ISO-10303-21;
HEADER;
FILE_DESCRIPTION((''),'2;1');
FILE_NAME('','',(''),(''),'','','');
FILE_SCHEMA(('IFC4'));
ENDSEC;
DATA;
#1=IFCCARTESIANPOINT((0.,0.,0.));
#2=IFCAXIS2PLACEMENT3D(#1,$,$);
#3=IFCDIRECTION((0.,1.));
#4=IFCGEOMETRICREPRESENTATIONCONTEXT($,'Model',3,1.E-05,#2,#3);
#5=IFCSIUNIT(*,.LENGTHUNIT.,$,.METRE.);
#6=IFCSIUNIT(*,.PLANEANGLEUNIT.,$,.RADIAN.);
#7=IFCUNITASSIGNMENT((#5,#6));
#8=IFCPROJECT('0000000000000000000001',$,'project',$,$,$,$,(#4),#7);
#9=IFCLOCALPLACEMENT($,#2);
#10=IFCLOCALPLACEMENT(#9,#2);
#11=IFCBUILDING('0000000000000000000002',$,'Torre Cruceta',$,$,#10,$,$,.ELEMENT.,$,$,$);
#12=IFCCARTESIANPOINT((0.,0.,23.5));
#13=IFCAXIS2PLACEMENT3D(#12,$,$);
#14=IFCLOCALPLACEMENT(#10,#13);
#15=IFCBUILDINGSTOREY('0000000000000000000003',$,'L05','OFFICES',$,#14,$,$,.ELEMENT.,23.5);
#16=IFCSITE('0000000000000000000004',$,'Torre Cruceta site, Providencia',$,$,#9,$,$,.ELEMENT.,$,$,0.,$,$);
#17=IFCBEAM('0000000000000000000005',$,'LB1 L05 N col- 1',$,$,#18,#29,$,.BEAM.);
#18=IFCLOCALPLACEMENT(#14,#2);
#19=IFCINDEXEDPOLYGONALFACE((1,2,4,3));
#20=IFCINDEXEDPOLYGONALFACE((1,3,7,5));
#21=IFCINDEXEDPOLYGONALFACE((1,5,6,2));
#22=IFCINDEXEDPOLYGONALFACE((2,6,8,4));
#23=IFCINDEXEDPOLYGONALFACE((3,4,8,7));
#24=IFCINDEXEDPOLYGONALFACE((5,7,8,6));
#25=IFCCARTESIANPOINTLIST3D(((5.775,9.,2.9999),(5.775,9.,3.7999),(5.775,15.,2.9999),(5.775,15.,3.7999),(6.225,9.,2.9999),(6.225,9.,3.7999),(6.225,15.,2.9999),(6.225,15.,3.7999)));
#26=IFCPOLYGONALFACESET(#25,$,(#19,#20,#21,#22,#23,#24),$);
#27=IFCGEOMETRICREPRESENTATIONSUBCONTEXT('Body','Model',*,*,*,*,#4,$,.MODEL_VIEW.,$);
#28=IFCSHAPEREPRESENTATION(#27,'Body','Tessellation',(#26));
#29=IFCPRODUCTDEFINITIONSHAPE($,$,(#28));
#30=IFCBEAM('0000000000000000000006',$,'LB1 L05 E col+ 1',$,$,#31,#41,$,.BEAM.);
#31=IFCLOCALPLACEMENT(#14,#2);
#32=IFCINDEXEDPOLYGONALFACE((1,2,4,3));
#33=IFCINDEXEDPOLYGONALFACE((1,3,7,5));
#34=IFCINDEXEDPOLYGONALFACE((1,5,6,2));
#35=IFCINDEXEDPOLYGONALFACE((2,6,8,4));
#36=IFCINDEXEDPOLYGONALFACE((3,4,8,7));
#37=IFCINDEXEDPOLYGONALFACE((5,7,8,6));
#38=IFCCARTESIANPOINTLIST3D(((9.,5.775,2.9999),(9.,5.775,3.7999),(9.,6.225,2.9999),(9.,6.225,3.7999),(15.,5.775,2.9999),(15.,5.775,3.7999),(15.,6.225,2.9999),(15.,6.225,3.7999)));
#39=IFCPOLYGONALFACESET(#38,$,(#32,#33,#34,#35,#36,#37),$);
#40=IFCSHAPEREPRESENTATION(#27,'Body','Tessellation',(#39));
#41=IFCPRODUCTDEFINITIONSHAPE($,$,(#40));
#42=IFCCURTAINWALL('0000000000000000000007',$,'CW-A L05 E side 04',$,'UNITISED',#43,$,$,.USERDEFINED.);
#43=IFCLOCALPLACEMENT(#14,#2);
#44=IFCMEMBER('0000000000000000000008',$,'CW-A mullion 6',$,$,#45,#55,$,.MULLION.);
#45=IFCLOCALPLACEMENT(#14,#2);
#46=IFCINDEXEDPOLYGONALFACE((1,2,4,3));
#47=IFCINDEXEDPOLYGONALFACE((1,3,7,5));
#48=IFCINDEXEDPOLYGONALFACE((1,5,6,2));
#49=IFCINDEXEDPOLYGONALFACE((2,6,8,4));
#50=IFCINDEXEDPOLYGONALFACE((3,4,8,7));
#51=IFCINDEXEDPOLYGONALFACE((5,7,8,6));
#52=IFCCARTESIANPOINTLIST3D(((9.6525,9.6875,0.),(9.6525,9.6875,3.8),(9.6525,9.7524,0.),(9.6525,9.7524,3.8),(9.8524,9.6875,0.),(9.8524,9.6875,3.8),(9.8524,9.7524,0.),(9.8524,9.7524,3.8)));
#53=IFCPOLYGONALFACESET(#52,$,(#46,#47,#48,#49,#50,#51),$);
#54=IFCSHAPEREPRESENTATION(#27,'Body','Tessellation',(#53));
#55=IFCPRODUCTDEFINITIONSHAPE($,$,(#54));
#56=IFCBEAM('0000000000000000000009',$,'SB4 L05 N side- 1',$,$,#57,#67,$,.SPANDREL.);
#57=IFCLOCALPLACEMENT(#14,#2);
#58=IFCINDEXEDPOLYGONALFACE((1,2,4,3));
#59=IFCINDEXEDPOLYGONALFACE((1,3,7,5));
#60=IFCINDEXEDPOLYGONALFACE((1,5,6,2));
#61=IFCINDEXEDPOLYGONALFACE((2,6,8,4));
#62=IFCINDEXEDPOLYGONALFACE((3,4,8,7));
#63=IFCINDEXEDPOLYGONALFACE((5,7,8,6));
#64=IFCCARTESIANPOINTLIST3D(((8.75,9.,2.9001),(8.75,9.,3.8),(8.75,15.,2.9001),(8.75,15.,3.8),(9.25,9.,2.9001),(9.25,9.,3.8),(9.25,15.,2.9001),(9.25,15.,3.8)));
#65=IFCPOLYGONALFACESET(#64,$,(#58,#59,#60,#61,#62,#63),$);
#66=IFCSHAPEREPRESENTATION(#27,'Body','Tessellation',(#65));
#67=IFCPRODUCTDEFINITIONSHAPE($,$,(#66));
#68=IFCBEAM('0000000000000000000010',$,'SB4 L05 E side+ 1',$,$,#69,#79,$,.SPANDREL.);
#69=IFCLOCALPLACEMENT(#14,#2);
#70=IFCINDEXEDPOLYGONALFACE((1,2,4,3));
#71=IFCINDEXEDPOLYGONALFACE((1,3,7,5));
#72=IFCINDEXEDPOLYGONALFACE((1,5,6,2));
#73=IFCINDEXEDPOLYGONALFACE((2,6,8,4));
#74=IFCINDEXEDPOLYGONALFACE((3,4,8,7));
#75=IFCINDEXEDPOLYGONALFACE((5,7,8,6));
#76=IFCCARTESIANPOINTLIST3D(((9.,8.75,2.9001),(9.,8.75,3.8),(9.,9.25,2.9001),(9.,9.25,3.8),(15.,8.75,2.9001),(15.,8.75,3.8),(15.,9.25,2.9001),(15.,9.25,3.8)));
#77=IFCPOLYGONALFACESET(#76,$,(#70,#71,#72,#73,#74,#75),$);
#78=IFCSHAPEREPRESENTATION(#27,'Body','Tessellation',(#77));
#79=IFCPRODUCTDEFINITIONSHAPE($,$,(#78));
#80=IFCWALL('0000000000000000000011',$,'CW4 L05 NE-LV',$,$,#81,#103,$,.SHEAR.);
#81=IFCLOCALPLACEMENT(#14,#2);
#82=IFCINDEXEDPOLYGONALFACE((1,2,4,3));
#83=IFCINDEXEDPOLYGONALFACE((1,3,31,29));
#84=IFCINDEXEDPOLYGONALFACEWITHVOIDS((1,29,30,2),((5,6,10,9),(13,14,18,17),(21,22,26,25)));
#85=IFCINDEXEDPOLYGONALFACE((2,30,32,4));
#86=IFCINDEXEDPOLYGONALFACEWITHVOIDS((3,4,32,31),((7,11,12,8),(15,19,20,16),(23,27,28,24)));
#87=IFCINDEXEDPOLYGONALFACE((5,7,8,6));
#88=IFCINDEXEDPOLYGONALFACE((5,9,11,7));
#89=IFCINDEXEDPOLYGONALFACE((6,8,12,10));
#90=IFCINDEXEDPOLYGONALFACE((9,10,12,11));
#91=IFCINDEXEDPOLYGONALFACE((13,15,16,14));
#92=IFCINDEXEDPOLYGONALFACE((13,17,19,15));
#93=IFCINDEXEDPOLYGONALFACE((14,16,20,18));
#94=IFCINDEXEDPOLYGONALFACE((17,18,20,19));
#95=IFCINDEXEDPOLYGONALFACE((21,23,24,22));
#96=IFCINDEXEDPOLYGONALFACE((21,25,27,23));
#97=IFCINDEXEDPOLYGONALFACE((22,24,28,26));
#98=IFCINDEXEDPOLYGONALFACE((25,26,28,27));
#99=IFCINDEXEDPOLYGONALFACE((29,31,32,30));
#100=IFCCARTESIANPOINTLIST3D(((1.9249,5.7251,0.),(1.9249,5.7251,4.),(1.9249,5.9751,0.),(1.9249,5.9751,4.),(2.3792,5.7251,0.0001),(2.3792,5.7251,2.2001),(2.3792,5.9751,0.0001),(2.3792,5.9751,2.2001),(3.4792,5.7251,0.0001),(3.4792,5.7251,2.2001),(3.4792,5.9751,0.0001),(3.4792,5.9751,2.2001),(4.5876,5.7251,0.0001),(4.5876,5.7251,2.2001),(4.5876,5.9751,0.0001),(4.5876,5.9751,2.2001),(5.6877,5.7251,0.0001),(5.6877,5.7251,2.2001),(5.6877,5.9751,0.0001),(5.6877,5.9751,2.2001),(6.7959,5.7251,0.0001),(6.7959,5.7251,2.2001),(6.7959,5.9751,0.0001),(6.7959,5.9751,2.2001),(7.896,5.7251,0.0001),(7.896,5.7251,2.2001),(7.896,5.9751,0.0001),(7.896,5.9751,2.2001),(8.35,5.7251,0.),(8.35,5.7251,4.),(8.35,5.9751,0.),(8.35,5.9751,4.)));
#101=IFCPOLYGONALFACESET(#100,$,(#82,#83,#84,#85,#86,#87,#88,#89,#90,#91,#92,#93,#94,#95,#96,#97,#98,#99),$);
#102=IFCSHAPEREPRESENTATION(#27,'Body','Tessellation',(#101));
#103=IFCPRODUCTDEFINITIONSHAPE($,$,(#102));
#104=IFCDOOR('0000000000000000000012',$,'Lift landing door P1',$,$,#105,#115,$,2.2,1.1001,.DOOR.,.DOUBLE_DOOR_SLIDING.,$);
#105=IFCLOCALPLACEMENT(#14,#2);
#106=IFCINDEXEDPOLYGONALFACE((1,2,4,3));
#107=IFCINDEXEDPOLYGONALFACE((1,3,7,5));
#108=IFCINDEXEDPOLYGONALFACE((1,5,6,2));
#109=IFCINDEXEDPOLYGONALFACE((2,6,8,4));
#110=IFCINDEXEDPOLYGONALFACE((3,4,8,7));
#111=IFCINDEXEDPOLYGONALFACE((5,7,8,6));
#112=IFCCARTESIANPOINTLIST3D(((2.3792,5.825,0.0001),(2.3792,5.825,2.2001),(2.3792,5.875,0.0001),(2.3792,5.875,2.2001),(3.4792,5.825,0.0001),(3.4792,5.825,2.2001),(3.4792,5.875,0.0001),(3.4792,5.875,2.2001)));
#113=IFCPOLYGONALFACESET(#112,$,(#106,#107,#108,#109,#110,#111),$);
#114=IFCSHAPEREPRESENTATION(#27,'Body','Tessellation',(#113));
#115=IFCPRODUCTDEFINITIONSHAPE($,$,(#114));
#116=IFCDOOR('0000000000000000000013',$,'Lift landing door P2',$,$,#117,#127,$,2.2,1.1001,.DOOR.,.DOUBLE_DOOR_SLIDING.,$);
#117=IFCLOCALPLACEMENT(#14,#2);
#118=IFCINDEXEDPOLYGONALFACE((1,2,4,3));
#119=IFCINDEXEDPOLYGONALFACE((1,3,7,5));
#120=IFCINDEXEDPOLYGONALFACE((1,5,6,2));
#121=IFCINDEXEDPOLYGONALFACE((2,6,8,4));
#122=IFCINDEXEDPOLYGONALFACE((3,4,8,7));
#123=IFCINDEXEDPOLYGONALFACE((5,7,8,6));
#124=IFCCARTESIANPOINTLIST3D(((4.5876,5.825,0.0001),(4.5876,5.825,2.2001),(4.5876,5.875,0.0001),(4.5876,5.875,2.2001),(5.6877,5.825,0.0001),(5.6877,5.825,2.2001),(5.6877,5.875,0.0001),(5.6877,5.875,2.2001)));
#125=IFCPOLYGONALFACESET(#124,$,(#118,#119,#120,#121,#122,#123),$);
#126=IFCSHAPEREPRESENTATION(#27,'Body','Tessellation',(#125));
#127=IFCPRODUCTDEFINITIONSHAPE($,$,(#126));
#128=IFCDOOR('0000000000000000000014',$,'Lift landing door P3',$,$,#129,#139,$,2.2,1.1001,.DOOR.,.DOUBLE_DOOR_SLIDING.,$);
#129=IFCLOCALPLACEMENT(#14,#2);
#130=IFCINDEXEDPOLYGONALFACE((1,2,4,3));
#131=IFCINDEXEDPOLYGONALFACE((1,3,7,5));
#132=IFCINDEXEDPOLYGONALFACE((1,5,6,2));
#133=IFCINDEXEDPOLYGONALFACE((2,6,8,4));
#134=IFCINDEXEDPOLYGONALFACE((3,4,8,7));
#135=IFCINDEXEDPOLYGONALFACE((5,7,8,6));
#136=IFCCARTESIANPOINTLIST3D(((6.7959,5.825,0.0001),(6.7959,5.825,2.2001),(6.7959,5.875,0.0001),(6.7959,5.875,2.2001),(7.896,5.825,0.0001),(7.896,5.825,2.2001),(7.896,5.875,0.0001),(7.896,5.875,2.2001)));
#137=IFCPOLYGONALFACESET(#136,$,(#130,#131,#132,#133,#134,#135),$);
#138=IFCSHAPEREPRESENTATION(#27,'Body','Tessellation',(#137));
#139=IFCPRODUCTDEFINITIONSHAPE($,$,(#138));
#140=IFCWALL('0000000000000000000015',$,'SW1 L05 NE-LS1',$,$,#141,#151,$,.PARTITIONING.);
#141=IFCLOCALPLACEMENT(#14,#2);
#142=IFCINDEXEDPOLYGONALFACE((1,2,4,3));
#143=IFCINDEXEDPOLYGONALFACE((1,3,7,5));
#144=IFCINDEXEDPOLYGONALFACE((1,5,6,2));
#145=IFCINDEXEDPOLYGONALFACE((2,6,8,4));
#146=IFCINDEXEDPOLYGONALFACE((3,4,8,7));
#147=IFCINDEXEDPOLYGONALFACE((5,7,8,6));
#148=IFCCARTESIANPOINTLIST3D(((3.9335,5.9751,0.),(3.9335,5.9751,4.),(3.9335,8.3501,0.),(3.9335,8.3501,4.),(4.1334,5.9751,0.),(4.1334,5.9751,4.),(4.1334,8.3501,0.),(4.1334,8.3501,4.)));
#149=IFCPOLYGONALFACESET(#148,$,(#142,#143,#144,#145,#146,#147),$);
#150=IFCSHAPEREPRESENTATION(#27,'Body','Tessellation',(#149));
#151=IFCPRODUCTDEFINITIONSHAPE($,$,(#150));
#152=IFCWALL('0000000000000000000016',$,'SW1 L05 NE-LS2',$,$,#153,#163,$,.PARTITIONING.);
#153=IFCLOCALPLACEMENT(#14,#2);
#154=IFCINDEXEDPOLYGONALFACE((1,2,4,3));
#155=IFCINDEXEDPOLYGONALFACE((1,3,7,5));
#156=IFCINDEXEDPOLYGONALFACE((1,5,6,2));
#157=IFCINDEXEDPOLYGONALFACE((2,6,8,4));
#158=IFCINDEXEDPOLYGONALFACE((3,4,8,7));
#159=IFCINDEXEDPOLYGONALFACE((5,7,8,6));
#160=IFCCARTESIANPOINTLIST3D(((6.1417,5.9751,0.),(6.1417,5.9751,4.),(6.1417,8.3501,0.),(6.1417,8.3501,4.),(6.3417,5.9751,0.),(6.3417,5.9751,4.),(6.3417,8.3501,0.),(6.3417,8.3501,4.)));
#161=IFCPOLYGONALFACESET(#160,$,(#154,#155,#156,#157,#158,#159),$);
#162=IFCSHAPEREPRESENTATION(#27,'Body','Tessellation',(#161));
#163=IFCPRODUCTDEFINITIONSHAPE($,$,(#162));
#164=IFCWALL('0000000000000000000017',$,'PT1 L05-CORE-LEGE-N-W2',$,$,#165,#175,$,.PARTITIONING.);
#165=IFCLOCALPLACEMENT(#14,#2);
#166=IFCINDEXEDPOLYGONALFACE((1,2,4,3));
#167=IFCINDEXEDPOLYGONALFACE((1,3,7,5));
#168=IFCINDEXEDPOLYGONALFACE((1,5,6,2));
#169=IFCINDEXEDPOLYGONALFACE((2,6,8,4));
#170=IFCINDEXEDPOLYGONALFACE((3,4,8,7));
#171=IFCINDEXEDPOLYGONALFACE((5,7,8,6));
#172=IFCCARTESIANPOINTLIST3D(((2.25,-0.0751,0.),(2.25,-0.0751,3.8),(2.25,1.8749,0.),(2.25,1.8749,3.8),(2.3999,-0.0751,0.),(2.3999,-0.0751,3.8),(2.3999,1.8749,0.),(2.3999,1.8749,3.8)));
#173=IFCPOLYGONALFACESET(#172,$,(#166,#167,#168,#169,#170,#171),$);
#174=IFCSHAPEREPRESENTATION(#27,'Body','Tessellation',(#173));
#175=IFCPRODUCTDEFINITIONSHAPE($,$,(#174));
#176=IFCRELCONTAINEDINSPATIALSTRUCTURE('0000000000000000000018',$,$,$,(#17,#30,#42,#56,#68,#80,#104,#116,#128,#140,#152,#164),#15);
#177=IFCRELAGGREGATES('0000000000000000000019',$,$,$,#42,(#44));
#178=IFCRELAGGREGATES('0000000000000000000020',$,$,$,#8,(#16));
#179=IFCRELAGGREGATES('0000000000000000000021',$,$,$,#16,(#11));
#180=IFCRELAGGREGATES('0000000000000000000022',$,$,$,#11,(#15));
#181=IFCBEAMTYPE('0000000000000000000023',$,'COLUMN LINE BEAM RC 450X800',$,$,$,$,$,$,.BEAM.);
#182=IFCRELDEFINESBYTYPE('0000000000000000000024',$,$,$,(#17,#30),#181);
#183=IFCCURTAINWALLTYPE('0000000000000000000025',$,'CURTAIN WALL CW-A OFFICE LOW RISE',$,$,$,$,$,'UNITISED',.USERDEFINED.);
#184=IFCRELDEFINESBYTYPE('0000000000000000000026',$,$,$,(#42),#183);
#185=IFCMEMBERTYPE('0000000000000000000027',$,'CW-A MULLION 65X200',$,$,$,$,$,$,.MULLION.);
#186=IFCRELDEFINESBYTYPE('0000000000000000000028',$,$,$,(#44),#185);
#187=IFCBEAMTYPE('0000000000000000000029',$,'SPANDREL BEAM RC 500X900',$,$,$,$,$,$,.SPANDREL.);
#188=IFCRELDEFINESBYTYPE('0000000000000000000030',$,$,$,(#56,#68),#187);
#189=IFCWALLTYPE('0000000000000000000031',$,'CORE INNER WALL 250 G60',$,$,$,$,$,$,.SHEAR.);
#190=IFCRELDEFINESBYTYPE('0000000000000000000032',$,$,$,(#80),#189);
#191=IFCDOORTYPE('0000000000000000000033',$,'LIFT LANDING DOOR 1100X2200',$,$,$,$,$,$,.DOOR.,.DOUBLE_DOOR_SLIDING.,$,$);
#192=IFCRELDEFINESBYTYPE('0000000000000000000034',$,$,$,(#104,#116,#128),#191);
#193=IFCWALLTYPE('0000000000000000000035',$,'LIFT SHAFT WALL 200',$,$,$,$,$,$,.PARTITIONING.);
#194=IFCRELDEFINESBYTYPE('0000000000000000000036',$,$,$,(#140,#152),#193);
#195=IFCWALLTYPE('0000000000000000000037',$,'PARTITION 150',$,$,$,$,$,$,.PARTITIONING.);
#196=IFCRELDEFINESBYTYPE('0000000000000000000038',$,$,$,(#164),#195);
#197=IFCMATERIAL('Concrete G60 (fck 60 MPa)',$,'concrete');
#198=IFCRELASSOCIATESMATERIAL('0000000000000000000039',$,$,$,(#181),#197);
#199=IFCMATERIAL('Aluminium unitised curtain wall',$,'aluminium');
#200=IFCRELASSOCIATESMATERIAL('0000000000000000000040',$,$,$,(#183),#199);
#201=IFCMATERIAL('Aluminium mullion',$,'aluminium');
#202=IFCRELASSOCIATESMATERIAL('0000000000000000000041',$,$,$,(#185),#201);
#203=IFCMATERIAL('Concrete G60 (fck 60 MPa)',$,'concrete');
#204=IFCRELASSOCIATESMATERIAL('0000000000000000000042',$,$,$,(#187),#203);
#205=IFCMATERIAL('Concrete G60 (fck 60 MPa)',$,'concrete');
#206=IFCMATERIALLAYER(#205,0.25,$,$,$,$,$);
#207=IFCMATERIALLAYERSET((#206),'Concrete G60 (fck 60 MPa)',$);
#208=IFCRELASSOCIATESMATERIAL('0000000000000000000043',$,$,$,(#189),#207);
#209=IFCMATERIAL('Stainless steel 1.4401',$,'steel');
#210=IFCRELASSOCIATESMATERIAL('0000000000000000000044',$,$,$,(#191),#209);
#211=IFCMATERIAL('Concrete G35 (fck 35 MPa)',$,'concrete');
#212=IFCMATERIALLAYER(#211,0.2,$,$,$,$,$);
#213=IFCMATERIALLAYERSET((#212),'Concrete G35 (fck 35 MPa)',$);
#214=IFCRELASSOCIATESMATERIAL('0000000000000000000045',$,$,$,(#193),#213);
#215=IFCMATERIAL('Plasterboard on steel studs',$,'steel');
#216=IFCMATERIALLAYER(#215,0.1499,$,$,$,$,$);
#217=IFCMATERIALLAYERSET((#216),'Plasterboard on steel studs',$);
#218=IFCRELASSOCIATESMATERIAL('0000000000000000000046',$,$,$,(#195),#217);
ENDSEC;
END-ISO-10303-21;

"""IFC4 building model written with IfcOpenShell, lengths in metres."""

from ifc_helpers import new_model, si_unit, direction, frame, frame_2d, origin, origin_2d, place, context, subcontext, project, spatial, rectangle, extrude, material, layer, layer_set, material_profile, profile_set, type_object, element, fill, aggregate, save


model = new_model("IFC4")

# Units and contexts
model_context = context("Model", 3, precision=1e-05, world=origin(), true_north=direction((0.0, 1.0)))
body_context = subcontext(model_context, "Body", "Model", "MODEL_VIEW")
ifc_project = project(units=[si_unit("LENGTHUNIT", "METRE"), si_unit("PLANEANGLEUNIT", "RADIAN")], contexts=[model_context])

# Site, building, storey
site_placement = place(None, origin())
site = spatial("IfcSite", under=ifc_project, at=site_placement, Name="Torre Cruceta site, Providencia", CompositionType="ELEMENT", RefElevation=0.0)
building_placement = place(site_placement, origin())
building = spatial("IfcBuilding", under=site, at=building_placement, Name="Torre Cruceta", CompositionType="ELEMENT")
storey_placement = place(building_placement, frame((0.0, 0.0, 23.5)))
storey = spatial("IfcBuildingStorey", under=building, at=storey_placement, Name="L05", Description="OFFICES", CompositionType="ELEMENT", Elevation=23.5)

# Beams
ifc_material_1 = material(Name="Concrete G60 (fck 60 MPa)", Category="concrete")
ifc_material_profile_1 = material_profile(ifc_material_1, rectangle(XDim=0.45, YDim=0.8, at=origin_2d()), Name="RC 450X800")
ifc_profile_set_1 = profile_set([ifc_material_profile_1], Name="Concrete G60 (fck 60 MPa)")
beam_type_1 = type_object("IfcBeamType", Name="COLUMN LINE BEAM RC 450X800", PredefinedType="BEAM", material=ifc_profile_set_1)
for number, where, z_axis, x_axis, name in (
    (1, (6.0, 9.0, 3.3999), (0.0, 1.0, 0.0), (-1.0, 0.0, 0.0), "LB1 L05 N col- 1"),
    (2, (9.0, 6.0, 3.3999), (1.0, 0.0, 0.0), (0.0, 1.0, 0.0), "LB1 L05 E col+ 1"),
):
    element("IfcBeam", number, at=place(storey_placement, frame(where, z_axis=z_axis, x_axis=x_axis)), inside=storey, type_object=beam_type_1, Name=name, PredefinedType="BEAM", context=body_context, shape_type="SweptSolid", body=[
        extrude(rectangle(XDim=0.45, YDim=0.8, at=origin_2d()), origin(), (0.0, 0.0, 1.0), 6.0),
    ])

# Curtain wall, member
ifc_material_2 = material(Name="Aluminium unitised curtain wall", Category="aluminium")
curtain_wall_type = type_object("IfcCurtainWallType", Name="CURTAIN WALL CW-A OFFICE LOW RISE", ElementType="UNITISED", PredefinedType="USERDEFINED", material=ifc_material_2)
curtain_wall_placement = place(storey_placement, origin())
curtain_wall = element("IfcCurtainWall", 3, at=curtain_wall_placement, inside=storey, type_object=curtain_wall_type, Name="CW-A L05 E side 04", ObjectType="UNITISED", PredefinedType="USERDEFINED")
ifc_material_3 = material(Name="Aluminium mullion", Category="aluminium")
ifc_material_profile_2 = material_profile(ifc_material_3, rectangle(XDim=0.0649, YDim=0.2, at=origin_2d()), Name="AL 65X200")
ifc_profile_set_2 = profile_set([ifc_material_profile_2], Name="Aluminium mullion")
member_type = type_object("IfcMemberType", Name="CW-A MULLION 65X200", PredefinedType="MULLION", material=ifc_profile_set_2)
member_placement = place(storey_placement, frame((9.7524, 9.72, 0.0), z_axis=(0.0, 0.0, 1.0), x_axis=(0.0, -1.0, 0.0)))
member = element("IfcMember", 4, at=member_placement, type_object=member_type, Name="CW-A mullion 6", PredefinedType="MULLION", context=body_context, shape_type="SweptSolid", body=[
    extrude(rectangle(XDim=0.0649, YDim=0.2, at=origin_2d()), origin(), (0.0, 0.0, 1.0), 3.8),
])
aggregate(curtain_wall, [member])

# Beams
ifc_material_4 = material(Name="Concrete G60 (fck 60 MPa)", Category="concrete")
ifc_material_profile_3 = material_profile(ifc_material_4, rectangle(XDim=0.5, YDim=0.8999, at=origin_2d()), Name="RC 500X900")
ifc_profile_set_3 = profile_set([ifc_material_profile_3], Name="Concrete G60 (fck 60 MPa)")
beam_type_2 = type_object("IfcBeamType", Name="SPANDREL BEAM RC 500X900", PredefinedType="SPANDREL", material=ifc_profile_set_3)
for number, where, z_axis, x_axis, name in (
    (5, (9.0, 9.0, 3.3501), (0.0, 1.0, 0.0), (-1.0, 0.0, 0.0), "SB4 L05 N side- 1"),
    (6, (9.0, 9.0, 3.3501), (1.0, 0.0, 0.0), (0.0, 1.0, 0.0), "SB4 L05 E side+ 1"),
):
    element("IfcBeam", number, at=place(storey_placement, frame(where, z_axis=z_axis, x_axis=x_axis)), inside=storey, type_object=beam_type_2, Name=name, PredefinedType="SPANDREL", context=body_context, shape_type="SweptSolid", body=[
        extrude(rectangle(XDim=0.5, YDim=0.8999, at=origin_2d()), origin(), (0.0, 0.0, 1.0), 6.0),
    ])

# Wall, openings, doors
ifc_material_5 = material(Name="Concrete G60 (fck 60 MPa)", Category="concrete")
ifc_layer_1 = layer(ifc_material_5, 0.25)
ifc_layer_set_1 = layer_set([ifc_layer_1], Name="Concrete G60 (fck 60 MPa)")
wall_type_1 = type_object("IfcWallType", Name="CORE INNER WALL 250 G60", PredefinedType="SHEAR", material=ifc_layer_set_1)
wall_1_placement = place(storey_placement, frame((1.925, 5.8501, 0.0), z_axis=(0.0, 0.0, 1.0), x_axis=(1.0, 0.0, 0.0)))
wall_1 = element("IfcWall", 7, at=wall_1_placement, inside=storey, type_object=wall_type_1, Name="CW4 L05 NE-LV", PredefinedType="SHEAR", context=body_context, shape_type="SweptSolid", body=[
    extrude(rectangle(XDim=6.425, YDim=0.25, at=frame_2d((3.2124, 0.0))), origin(), (0.0, 0.0, 1.0), 4.0),
])
opening_1_placement = place(wall_1_placement, frame((0.4541, 0.0, 0.0)))
opening_1 = element("IfcOpeningElement", 8, at=opening_1_placement, cuts=wall_1, PredefinedType="OPENING", context=body_context, shape_type="SweptSolid", body=[
    extrude(rectangle(XDim=1.1001, YDim=2.2, at=frame_2d((0.55, 1.1001))), frame((0.0, 0.135, 0.0), z_axis=(0.0, -1.0, 0.0), x_axis=(1.0, 0.0, 0.0)), (0.0, 0.0, 1.0), 0.27),
])
opening_2_placement = place(wall_1_placement, frame((2.6626, 0.0, 0.0)))
opening_2 = element("IfcOpeningElement", 9, at=opening_2_placement, cuts=wall_1, PredefinedType="OPENING", context=body_context, shape_type="SweptSolid", body=[
    extrude(rectangle(XDim=1.1001, YDim=2.2, at=frame_2d((0.55, 1.1001))), frame((0.0, 0.135, 0.0), z_axis=(0.0, -1.0, 0.0), x_axis=(1.0, 0.0, 0.0)), (0.0, 0.0, 1.0), 0.27),
])
opening_3_placement = place(wall_1_placement, frame((4.8708, 0.0, 0.0)))
opening_3 = element("IfcOpeningElement", 10, at=opening_3_placement, cuts=wall_1, PredefinedType="OPENING", context=body_context, shape_type="SweptSolid", body=[
    extrude(rectangle(XDim=1.1001, YDim=2.2, at=frame_2d((0.55, 1.1001))), frame((0.0, 0.135, 0.0), z_axis=(0.0, -1.0, 0.0), x_axis=(1.0, 0.0, 0.0)), (0.0, 0.0, 1.0), 0.27),
])
ifc_material_6 = material(Name="Stainless steel 1.4401", Category="steel")
door_type_1 = type_object("IfcDoorType", Name="LIFT LANDING DOOR 1100X2200", OperationType="DOUBLE_DOOR_SLIDING", PredefinedType="DOOR", material=ifc_material_6)
door_1_placement = place(opening_1_placement, origin())
door_1 = element("IfcDoor", 11, at=door_1_placement, inside=storey, type_object=door_type_1, Name="Lift landing door P1", OperationType="DOUBLE_DOOR_SLIDING", OverallHeight=2.2, OverallWidth=1.1001, PredefinedType="DOOR", context=body_context, shape_type="SweptSolid", body=[
    extrude(rectangle(XDim=1.1001, YDim=2.2, at=frame_2d((0.55, 1.1001))), frame((0.0, 0.0249, 0.0), z_axis=(0.0, -1.0, 0.0), x_axis=(1.0, 0.0, 0.0)), (0.0, 0.0, 1.0), 0.05),
])
fill(opening_1, door_1)
door_2_placement = place(opening_2_placement, origin())
door_2 = element("IfcDoor", 12, at=door_2_placement, inside=storey, type_object=door_type_1, Name="Lift landing door P2", OperationType="DOUBLE_DOOR_SLIDING", OverallHeight=2.2, OverallWidth=1.1001, PredefinedType="DOOR", context=body_context, shape_type="SweptSolid", body=[
    extrude(rectangle(XDim=1.1001, YDim=2.2, at=frame_2d((0.55, 1.1001))), frame((0.0, 0.0249, 0.0), z_axis=(0.0, -1.0, 0.0), x_axis=(1.0, 0.0, 0.0)), (0.0, 0.0, 1.0), 0.05),
])
fill(opening_2, door_2)
door_3_placement = place(opening_3_placement, origin())
door_3 = element("IfcDoor", 13, at=door_3_placement, inside=storey, type_object=door_type_1, Name="Lift landing door P3", OperationType="DOUBLE_DOOR_SLIDING", OverallHeight=2.2, OverallWidth=1.1001, PredefinedType="DOOR", context=body_context, shape_type="SweptSolid", body=[
    extrude(rectangle(XDim=1.1001, YDim=2.2, at=frame_2d((0.55, 1.1001))), frame((0.0, 0.0249, 0.0), z_axis=(0.0, -1.0, 0.0), x_axis=(1.0, 0.0, 0.0)), (0.0, 0.0, 1.0), 0.05),
])
fill(opening_3, door_3)

# Walls
ifc_material_7 = material(Name="Concrete G35 (fck 35 MPa)", Category="concrete")
ifc_layer_2 = layer(ifc_material_7, 0.2)
ifc_layer_set_2 = layer_set([ifc_layer_2], Name="Concrete G35 (fck 35 MPa)")
wall_type_2 = type_object("IfcWallType", Name="LIFT SHAFT WALL 200", PredefinedType="PARTITIONING", material=ifc_layer_set_2)
for number, where, z_axis, x_axis, name in (
    (14, (4.0334, 5.9751, 0.0), (0.0, 0.0, 1.0), (0.0, 1.0, 0.0), "SW1 L05 NE-LS1"),
    (15, (6.2417, 5.9751, 0.0), (0.0, 0.0, 1.0), (0.0, 1.0, 0.0), "SW1 L05 NE-LS2"),
):
    element("IfcWall", number, at=place(storey_placement, frame(where, z_axis=z_axis, x_axis=x_axis)), inside=storey, type_object=wall_type_2, Name=name, PredefinedType="PARTITIONING", context=body_context, shape_type="SweptSolid", body=[
        extrude(rectangle(XDim=2.375, YDim=0.2, at=frame_2d((1.1875, 0.0))), origin(), (0.0, 0.0, 1.0), 4.0),
    ])
ifc_material_8 = material(Name="Plasterboard on steel studs", Category="steel")
ifc_layer_3 = layer(ifc_material_8, 0.1499)
ifc_layer_set_3 = layer_set([ifc_layer_3], Name="Plasterboard on steel studs")
wall_type_3 = type_object("IfcWallType", Name="PARTITION 150", PredefinedType="PARTITIONING", material=ifc_layer_set_3)
wall_2_placement = place(storey_placement, frame((2.325, 1.875, 0.0), z_axis=(0.0, 0.0, 1.0), x_axis=(0.0, -1.0, 0.0)))
element("IfcWall", 16, at=wall_2_placement, inside=storey, type_object=wall_type_3, Name="PT1 L05-CORE-LEGE-N-W2", PredefinedType="PARTITIONING", context=body_context, shape_type="SweptSolid", body=[
    extrude(rectangle(XDim=1.95, YDim=0.1499, at=frame_2d((0.9751, 0.0))), origin(), (0.0, 0.0, 1.0), 3.8),
])

save(model, "model.ifc")
